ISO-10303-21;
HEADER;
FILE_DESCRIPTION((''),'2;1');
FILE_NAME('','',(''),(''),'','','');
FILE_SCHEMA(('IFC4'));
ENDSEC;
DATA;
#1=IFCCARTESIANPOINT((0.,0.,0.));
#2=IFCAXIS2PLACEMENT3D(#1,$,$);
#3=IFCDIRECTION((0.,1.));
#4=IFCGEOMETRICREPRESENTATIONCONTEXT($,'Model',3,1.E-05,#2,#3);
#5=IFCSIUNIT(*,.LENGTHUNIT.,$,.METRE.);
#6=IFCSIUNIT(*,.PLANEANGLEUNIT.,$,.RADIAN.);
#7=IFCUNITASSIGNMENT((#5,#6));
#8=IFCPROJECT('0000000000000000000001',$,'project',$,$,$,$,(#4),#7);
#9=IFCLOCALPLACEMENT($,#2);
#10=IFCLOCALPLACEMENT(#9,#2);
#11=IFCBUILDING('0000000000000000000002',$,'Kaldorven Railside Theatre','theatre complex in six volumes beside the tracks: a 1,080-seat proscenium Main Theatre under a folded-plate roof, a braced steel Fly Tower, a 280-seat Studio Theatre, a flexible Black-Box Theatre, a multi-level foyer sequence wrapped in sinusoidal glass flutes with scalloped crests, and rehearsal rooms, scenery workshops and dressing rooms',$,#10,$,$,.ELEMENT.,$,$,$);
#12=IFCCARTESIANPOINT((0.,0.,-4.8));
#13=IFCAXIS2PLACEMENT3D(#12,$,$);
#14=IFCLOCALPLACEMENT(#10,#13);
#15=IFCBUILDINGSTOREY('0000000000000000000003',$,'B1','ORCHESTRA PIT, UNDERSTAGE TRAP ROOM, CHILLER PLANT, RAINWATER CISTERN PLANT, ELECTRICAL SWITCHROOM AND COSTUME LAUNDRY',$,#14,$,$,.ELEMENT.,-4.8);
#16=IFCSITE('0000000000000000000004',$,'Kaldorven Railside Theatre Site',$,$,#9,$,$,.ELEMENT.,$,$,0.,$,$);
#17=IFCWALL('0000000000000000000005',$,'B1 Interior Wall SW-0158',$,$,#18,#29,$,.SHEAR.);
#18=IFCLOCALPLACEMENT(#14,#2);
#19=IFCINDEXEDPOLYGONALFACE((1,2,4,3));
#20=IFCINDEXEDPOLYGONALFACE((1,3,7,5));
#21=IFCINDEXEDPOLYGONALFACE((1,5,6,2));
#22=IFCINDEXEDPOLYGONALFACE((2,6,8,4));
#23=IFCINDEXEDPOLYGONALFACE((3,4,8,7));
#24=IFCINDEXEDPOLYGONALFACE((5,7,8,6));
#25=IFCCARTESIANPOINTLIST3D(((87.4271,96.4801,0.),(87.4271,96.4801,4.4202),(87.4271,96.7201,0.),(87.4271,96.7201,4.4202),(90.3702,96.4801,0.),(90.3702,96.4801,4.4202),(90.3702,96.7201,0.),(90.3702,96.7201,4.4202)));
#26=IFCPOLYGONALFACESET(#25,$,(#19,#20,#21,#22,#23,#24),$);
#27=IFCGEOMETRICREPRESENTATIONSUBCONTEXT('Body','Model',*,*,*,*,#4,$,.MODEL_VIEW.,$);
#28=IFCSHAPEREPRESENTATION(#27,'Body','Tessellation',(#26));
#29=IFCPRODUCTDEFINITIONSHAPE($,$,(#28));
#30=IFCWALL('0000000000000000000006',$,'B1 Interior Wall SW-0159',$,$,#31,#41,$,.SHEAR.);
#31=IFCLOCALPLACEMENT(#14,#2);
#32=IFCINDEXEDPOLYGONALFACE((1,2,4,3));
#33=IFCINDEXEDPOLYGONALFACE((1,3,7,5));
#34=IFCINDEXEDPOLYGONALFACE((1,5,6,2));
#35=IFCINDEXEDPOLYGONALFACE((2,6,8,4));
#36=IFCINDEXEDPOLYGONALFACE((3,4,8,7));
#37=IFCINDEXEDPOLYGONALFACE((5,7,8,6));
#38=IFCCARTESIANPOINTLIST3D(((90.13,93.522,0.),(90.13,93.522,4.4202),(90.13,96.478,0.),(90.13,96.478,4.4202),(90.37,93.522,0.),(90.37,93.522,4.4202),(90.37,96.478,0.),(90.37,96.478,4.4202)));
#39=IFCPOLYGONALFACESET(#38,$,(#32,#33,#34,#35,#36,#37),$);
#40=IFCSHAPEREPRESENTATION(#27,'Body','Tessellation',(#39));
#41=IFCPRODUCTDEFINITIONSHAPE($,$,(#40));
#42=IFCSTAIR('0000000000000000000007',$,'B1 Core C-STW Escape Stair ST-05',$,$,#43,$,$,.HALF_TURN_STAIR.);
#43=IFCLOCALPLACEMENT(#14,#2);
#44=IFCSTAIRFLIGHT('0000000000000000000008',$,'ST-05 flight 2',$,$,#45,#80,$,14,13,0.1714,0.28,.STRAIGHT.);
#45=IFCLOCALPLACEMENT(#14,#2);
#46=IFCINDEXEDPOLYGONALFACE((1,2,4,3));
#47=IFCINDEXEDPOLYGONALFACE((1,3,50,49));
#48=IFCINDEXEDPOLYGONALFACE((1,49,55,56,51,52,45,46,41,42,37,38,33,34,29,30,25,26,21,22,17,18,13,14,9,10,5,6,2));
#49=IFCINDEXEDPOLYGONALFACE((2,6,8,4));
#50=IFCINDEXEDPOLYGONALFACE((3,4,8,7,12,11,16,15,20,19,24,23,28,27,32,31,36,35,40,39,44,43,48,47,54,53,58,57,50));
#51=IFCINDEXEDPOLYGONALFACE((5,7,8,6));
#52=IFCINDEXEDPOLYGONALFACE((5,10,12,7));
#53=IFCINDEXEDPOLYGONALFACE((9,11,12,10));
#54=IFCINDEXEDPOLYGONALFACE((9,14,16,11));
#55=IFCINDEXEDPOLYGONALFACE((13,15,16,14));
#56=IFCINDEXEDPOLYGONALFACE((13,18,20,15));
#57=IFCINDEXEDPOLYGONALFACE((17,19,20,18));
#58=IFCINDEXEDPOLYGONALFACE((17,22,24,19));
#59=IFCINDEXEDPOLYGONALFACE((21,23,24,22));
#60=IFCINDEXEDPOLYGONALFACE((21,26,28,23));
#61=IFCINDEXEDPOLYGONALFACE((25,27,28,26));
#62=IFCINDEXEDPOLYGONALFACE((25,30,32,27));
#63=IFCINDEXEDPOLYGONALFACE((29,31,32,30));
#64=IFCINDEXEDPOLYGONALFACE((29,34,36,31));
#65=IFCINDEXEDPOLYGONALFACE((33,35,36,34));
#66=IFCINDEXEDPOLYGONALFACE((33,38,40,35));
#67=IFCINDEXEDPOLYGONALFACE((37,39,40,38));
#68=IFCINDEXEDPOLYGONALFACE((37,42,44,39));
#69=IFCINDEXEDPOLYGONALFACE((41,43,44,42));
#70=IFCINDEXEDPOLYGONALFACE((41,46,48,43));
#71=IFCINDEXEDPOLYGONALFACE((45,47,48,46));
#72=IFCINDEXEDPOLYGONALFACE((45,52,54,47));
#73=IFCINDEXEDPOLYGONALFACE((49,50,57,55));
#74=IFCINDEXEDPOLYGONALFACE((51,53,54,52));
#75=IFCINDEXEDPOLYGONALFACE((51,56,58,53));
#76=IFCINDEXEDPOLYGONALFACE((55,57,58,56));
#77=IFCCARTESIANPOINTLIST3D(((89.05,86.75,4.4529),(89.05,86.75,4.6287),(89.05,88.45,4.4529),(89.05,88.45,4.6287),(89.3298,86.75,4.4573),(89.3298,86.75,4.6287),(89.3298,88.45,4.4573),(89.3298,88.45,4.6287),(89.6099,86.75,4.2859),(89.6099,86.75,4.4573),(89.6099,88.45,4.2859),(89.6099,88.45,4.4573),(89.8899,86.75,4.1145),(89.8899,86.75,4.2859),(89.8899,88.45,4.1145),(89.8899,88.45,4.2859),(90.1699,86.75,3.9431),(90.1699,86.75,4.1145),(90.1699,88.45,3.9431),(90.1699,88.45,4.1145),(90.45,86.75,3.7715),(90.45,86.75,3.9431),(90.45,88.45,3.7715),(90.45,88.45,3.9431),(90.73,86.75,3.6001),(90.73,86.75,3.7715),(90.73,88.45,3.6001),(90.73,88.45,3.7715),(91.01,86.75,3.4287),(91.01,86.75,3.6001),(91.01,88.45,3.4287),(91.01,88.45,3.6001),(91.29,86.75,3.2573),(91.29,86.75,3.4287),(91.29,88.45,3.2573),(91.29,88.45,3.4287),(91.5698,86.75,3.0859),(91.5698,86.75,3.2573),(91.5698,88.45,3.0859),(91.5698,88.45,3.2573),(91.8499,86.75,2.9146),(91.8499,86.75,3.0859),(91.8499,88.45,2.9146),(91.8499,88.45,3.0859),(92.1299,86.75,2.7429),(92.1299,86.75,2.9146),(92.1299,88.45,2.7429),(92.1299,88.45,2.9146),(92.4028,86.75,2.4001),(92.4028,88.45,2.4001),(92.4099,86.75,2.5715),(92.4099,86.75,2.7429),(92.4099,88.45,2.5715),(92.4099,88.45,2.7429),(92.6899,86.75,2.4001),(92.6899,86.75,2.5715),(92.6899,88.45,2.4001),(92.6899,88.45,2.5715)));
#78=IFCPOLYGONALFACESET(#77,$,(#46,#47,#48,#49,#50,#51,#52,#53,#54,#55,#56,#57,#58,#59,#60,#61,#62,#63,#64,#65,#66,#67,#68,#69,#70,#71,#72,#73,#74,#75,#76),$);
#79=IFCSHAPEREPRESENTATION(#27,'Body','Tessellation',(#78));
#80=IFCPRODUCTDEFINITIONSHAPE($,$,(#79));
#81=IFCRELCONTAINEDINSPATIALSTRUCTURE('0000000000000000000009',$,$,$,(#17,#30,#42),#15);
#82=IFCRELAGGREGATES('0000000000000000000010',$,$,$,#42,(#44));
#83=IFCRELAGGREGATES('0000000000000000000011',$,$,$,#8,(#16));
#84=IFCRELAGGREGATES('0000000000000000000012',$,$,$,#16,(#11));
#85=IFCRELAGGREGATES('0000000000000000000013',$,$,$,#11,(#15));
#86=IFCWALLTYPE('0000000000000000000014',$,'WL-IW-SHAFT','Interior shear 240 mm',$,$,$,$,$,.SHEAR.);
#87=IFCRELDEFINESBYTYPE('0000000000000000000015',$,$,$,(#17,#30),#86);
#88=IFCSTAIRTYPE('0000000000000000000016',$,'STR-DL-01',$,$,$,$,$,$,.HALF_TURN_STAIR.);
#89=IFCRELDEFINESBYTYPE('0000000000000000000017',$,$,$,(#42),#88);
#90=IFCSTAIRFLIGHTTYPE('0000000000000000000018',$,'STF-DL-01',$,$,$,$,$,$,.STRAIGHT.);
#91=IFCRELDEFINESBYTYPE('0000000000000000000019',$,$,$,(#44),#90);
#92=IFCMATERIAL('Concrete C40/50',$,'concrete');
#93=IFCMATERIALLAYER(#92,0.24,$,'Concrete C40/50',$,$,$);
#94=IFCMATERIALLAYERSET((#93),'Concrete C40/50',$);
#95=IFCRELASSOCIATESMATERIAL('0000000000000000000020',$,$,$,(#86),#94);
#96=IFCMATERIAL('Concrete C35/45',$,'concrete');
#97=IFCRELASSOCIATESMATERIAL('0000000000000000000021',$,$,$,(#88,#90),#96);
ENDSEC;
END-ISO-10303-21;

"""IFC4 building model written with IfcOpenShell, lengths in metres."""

from ifc_helpers import new_model, si_unit, direction, frame, frame_2d, origin, place, context, subcontext, project, spatial, polyline, rectangle, outline, extrude, material, layer, layer_set, type_object, element, aggregate, save


model = new_model("IFC4")

# Units and contexts
model_context = context("Model", 3, precision=1e-05, world=origin(), true_north=direction((0.0, 1.0)))
body_context = subcontext(model_context, "Body", "Model", "MODEL_VIEW")
ifc_project = project(units=[si_unit("LENGTHUNIT", "METRE"), si_unit("PLANEANGLEUNIT", "RADIAN")], contexts=[model_context])

# Site, building, storey
site_placement = place(None, origin())
site = spatial("IfcSite", under=ifc_project, at=site_placement, Name="Kaldorven Railside Theatre Site", CompositionType="ELEMENT", RefElevation=0.0)
building_placement = place(site_placement, origin())
building = spatial("IfcBuilding", under=site, at=building_placement, Name="Kaldorven Railside Theatre", Description="theatre complex in six volumes beside the tracks: a 1,080-seat proscenium Main Theatre under a folded-plate roof, a braced steel Fly Tower, a 280-seat Studio Theatre, a flexible Black-Box Theatre, a multi-level foyer sequence wrapped in sinusoidal glass flutes with scalloped crests, and rehearsal rooms, scenery workshops and dressing rooms", CompositionType="ELEMENT")
storey_placement = place(building_placement, frame((0.0, 0.0, -4.8)))
storey = spatial("IfcBuildingStorey", under=building, at=storey_placement, Name="B1", Description="ORCHESTRA PIT, UNDERSTAGE TRAP ROOM, CHILLER PLANT, RAINWATER CISTERN PLANT, ELECTRICAL SWITCHROOM AND COSTUME LAUNDRY", CompositionType="ELEMENT", Elevation=-4.8)

# Shared definitions
ifc_material_1 = material(Name="Concrete C40/50", Category="concrete")

# Shared definitions
ifc_material_2 = material(Name="Concrete C35/45", Category="concrete")

# Shared definitions
ifc_layer_1 = layer(ifc_material_1, 0.24, Name="Concrete C40/50")
ifc_layer_set_1 = layer_set([ifc_layer_1], Name="Concrete C40/50")
wall_type_1 = type_object("IfcWallType", Name="WL-IW-SHAFT", Description="Interior shear 240 mm", PredefinedType="SHEAR", material=ifc_layer_set_1)

# Walls
wall_1_placement = place(storey_placement, frame((87.427, 96.6001, 0.0), z_axis=(0.0, 0.0, 1.0), x_axis=(1.0, 0.0, 0.0)))
element("IfcWall", 1, at=wall_1_placement, inside=storey, type_object=wall_type_1, Name="B1 Interior Wall SW-0158", PredefinedType="SHEAR", context=body_context, shape_type="SweptSolid", body=[
    extrude(rectangle(XDim=2.9431, YDim=0.24, at=frame_2d((1.4717, 0.0))), origin(), (0.0, 0.0, 1.0), 4.4202),
])
wall_2_placement = place(storey_placement, frame((90.25, 96.478, 0.0), z_axis=(0.0, 0.0, 1.0), x_axis=(0.0, -1.0, 0.0)))
element("IfcWall", 2, at=wall_2_placement, inside=storey, type_object=wall_type_1, Name="B1 Interior Wall SW-0159", PredefinedType="SHEAR", context=body_context, shape_type="SweptSolid", body=[
    extrude(rectangle(XDim=2.9561, YDim=0.24, at=frame_2d((1.478, 0.0))), origin(), (0.0, 0.0, 1.0), 4.4202),
])

# Stair, stair flight
stair_type = type_object("IfcStairType", Name="STR-DL-01", PredefinedType="HALF_TURN_STAIR", material=ifc_material_2)
stair_placement = place(storey_placement, origin())
stair = element("IfcStair", 3, at=stair_placement, inside=storey, type_object=stair_type, Name="B1 Core C-STW Escape Stair ST-05", PredefinedType="HALF_TURN_STAIR")
stair_flight_type = type_object("IfcStairFlightType", Name="STF-DL-01", PredefinedType="STRAIGHT", material=ifc_material_2)
stair_flight_placement = place(storey_placement, frame((92.6899, 87.6001, 2.4001), z_axis=(0.0, 0.0, 1.0), x_axis=(-1.0, 0.0, 0.0)))
stair_flight = element("IfcStairFlight", 4, at=stair_flight_placement, type_object=stair_flight_type, Name="ST-05 flight 2", NumberOfRisers=14, NumberOfTreads=13, PredefinedType="STRAIGHT", RiserHeight=0.1714, TreadLength=0.28, context=body_context, shape_type="SweptSolid", body=[
    extrude(outline(polyline([(0.0, 0.0), (0.0, 0.1714), (0.28, 0.1714), (0.28, 0.3428), (0.5601, 0.3428), (0.5601, 0.5144), (0.8401, 0.5144), (0.8401, 0.6858), (1.1201, 0.6858), (1.1201, 0.8572), (1.3999, 0.8572), (1.3999, 1.0286), (1.6799, 1.0286), (1.6799, 1.2), (1.96, 1.2), (1.96, 1.3713), (2.24, 1.3713), (2.24, 1.543), (2.52, 1.543), (2.52, 1.7144), (2.8, 1.7144), (2.8, 1.8857), (3.0801, 1.8857), (3.0801, 2.0571), (3.3601, 2.0571), (3.3601, 2.2285), (3.6399, 2.2285), (3.6399, 2.3999), (3.6399, 2.0527), (0.2871, 0.0), (0.0, 0.0)])), frame((0.0, 0.8501, 0.0), z_axis=(0.0, -1.0, 0.0), x_axis=(1.0, 0.0, 0.0)), (0.0, 0.0, 1.0), 1.7),
])
aggregate(stair, [stair_flight])

save(model, "model.ifc")
